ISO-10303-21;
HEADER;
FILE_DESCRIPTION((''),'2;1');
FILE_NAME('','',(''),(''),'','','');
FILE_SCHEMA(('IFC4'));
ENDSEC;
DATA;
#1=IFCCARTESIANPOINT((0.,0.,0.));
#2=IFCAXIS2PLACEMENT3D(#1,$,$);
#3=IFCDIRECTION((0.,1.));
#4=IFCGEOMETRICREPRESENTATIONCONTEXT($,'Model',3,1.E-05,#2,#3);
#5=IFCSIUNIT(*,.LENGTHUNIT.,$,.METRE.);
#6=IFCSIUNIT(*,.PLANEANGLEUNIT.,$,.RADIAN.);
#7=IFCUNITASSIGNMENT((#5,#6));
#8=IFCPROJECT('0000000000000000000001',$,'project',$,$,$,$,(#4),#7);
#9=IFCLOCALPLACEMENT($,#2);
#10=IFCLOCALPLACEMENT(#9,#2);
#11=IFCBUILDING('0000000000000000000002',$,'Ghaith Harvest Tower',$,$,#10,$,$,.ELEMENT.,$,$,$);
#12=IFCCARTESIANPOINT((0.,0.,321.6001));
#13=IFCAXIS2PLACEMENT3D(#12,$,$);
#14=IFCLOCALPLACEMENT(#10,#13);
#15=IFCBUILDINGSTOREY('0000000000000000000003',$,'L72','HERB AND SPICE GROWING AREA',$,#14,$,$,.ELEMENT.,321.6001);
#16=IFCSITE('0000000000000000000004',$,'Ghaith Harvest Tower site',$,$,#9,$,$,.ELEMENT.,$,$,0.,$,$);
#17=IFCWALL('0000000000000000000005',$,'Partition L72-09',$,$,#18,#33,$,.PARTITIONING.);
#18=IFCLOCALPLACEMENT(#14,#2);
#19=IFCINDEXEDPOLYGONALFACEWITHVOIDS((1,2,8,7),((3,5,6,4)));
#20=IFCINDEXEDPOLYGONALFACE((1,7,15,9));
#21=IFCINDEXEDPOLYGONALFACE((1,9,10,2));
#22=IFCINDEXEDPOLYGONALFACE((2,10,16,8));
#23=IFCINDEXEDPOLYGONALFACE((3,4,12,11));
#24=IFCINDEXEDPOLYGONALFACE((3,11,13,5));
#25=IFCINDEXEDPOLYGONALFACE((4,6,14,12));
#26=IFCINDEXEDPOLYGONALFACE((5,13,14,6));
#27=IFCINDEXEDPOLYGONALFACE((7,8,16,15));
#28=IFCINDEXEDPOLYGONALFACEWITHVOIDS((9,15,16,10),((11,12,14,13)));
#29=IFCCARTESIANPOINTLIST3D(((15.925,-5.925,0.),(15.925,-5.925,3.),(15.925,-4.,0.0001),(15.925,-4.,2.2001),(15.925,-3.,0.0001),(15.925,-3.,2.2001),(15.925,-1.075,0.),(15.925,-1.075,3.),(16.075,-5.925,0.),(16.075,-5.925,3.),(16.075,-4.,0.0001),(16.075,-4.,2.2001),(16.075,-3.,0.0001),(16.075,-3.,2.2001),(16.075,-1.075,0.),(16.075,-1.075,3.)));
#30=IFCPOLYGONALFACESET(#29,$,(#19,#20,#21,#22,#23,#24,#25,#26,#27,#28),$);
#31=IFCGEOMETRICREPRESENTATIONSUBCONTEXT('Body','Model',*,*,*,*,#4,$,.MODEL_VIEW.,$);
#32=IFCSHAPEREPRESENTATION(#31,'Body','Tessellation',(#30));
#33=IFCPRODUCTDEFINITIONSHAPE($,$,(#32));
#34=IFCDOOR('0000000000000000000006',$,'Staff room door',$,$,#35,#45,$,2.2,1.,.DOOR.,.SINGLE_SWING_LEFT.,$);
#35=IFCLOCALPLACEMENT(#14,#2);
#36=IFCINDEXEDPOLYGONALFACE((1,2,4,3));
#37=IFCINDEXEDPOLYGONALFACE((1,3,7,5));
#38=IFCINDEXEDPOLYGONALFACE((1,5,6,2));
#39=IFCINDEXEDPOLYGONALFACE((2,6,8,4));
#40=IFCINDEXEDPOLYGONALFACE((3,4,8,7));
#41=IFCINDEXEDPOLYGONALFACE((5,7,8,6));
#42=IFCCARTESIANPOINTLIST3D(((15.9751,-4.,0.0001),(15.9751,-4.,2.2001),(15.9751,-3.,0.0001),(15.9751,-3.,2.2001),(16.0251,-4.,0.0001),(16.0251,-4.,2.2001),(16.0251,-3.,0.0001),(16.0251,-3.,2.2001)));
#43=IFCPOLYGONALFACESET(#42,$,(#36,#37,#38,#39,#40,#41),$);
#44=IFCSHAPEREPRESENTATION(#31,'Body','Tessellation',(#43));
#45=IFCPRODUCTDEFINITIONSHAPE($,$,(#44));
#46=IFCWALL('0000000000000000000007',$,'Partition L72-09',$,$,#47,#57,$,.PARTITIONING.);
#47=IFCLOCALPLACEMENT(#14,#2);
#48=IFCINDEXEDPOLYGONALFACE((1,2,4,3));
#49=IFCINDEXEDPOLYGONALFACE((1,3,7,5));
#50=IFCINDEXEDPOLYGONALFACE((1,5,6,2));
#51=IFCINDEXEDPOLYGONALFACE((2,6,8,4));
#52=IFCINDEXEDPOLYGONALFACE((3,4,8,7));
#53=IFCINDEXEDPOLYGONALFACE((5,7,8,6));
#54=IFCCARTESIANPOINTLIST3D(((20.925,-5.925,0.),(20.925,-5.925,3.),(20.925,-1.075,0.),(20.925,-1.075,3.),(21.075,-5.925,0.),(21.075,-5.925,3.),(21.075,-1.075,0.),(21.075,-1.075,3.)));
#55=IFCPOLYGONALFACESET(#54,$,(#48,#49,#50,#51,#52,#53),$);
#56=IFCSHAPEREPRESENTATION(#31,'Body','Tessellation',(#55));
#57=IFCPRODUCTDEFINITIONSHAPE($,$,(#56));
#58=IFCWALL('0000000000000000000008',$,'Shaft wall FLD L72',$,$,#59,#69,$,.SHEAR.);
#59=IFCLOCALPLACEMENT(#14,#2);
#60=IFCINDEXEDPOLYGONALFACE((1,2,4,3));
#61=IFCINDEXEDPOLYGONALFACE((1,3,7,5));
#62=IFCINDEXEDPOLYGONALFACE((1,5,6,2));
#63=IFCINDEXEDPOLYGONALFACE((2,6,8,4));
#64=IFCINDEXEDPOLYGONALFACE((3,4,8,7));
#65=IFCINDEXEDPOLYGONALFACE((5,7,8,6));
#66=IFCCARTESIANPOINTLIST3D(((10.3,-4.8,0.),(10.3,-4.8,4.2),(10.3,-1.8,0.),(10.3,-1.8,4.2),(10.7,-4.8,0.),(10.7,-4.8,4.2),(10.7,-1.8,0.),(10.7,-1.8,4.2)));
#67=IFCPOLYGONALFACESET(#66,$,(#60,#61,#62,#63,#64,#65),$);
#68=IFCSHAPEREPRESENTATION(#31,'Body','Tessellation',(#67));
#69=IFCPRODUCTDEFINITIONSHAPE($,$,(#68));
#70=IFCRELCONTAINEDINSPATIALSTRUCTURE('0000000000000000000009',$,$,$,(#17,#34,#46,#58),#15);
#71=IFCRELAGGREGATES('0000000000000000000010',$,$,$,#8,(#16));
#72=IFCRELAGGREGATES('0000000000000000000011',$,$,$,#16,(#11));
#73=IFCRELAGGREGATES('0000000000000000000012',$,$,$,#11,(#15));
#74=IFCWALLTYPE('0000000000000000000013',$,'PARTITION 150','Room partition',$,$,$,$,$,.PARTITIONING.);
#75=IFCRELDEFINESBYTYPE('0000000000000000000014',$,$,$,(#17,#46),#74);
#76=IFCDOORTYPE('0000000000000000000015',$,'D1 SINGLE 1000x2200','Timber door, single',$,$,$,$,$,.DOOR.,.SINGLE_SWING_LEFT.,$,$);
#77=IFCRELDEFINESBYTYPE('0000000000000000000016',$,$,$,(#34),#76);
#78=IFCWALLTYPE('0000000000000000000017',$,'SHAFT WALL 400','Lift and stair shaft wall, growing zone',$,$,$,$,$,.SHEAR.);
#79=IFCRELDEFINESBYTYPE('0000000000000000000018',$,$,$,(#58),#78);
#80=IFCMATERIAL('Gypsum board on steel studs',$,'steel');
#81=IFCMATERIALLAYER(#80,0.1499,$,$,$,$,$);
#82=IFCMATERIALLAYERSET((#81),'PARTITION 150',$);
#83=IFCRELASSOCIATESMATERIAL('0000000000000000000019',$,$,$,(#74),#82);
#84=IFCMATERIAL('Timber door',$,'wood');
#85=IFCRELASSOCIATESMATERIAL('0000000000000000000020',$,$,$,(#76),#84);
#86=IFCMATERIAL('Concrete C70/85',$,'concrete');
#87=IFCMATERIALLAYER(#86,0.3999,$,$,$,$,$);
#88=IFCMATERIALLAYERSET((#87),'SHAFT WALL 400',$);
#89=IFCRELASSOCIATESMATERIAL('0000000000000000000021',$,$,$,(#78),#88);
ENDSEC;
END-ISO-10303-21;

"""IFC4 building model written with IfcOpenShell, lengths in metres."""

from ifc_helpers import new_model, si_unit, direction, frame, frame_2d, origin, place, context, subcontext, project, spatial, rectangle, extrude, material, layer, layer_set, type_object, element, fill, save


model = new_model("IFC4")

# Units and contexts
model_context = context("Model", 3, precision=1e-05, world=origin(), true_north=direction((0.0, 1.0)))
body_context = subcontext(model_context, "Body", "Model", "MODEL_VIEW")
ifc_project = project(units=[si_unit("LENGTHUNIT", "METRE"), si_unit("PLANEANGLEUNIT", "RADIAN")], contexts=[model_context])

# Site, building, storey
site_placement = place(None, origin())
site = spatial("IfcSite", under=ifc_project, at=site_placement, Name="Ghaith Harvest Tower site", CompositionType="ELEMENT", RefElevation=0.0)
building_placement = place(site_placement, origin())
building = spatial("IfcBuilding", under=site, at=building_placement, Name="Ghaith Harvest Tower", CompositionType="ELEMENT")
storey_placement = place(building_placement, frame((0.0, 0.0, 321.6001)))
storey = spatial("IfcBuildingStorey", under=building, at=storey_placement, Name="L72", Description="HERB AND SPICE GROWING AREA", CompositionType="ELEMENT", Elevation=321.6001)

# Shared definitions
ifc_material_1 = material(Name="Gypsum board on steel studs", Category="steel")
ifc_layer_1 = layer(ifc_material_1, 0.1499)
ifc_layer_set_1 = layer_set([ifc_layer_1], Name="PARTITION 150")
wall_type_1 = type_object("IfcWallType", Name="PARTITION 150", Description="Room partition", PredefinedType="PARTITIONING", material=ifc_layer_set_1)

# Wall, opening, door
wall_1_placement = place(storey_placement, frame((16.0, -5.925, 0.0), z_axis=(0.0, 0.0, 1.0), x_axis=(0.0, 1.0, 0.0)))
wall_1 = element("IfcWall", 1, at=wall_1_placement, inside=storey, type_object=wall_type_1, Name="Partition L72-09", PredefinedType="PARTITIONING", context=body_context, shape_type="SweptSolid", body=[
    extrude(rectangle(XDim=4.8501, YDim=0.1499, at=frame_2d((2.425, 0.0))), origin(), (0.0, 0.0, 1.0), 3.0),
])
opening_1_placement = place(wall_1_placement, frame((1.925, 0.0, 0.0)))
opening_1 = element("IfcOpeningElement", 2, at=opening_1_placement, cuts=wall_1, PredefinedType="OPENING", context=body_context, shape_type="SweptSolid", body=[
    extrude(rectangle(XDim=1.0, YDim=2.2, at=frame_2d((0.5, 1.1001))), frame((0.0, 0.085, 0.0), z_axis=(0.0, -1.0, 0.0), x_axis=(1.0, 0.0, 0.0)), (0.0, 0.0, 1.0), 0.1699),
])
ifc_material_2 = material(Name="Timber door", Category="wood")
door_type_1 = type_object("IfcDoorType", Name="D1 SINGLE 1000x2200", Description="Timber door, single", OperationType="SINGLE_SWING_LEFT", PredefinedType="DOOR", material=ifc_material_2)
door_1_placement = place(opening_1_placement, origin())
door_1 = element("IfcDoor", 3, at=door_1_placement, inside=storey, type_object=door_type_1, Name="Staff room door", OperationType="SINGLE_SWING_LEFT", OverallHeight=2.2, OverallWidth=1.0, PredefinedType="DOOR", context=body_context, shape_type="SweptSolid", body=[
    extrude(rectangle(XDim=1.0, YDim=2.2, at=frame_2d((0.5, 1.1001))), frame((0.0, 0.0249, 0.0), z_axis=(0.0, -1.0, 0.0), x_axis=(1.0, 0.0, 0.0)), (0.0, 0.0, 1.0), 0.05),
])
fill(opening_1, door_1)

# Walls
wall_2_placement = place(storey_placement, frame((21.0, -5.925, 0.0), z_axis=(0.0, 0.0, 1.0), x_axis=(0.0, 1.0, 0.0)))
element("IfcWall", 4, at=wall_2_placement, inside=storey, type_object=wall_type_1, Name="Partition L72-09", PredefinedType="PARTITIONING", context=body_context, shape_type="SweptSolid", body=[
    extrude(rectangle(XDim=4.8501, YDim=0.1499, at=frame_2d((2.425, 0.0))), origin(), (0.0, 0.0, 1.0), 3.0),
])
ifc_material_3 = material(Name="Concrete C70/85", Category="concrete")
ifc_layer_2 = layer(ifc_material_3, 0.3999)
ifc_layer_set_2 = layer_set([ifc_layer_2], Name="SHAFT WALL 400")
wall_type_2 = type_object("IfcWallType", Name="SHAFT WALL 400", Description="Lift and stair shaft wall, growing zone", PredefinedType="SHEAR", material=ifc_layer_set_2)
wall_3_placement = place(storey_placement, frame((10.5, -4.8, 0.0), z_axis=(0.0, 0.0, 1.0), x_axis=(0.0, 1.0, 0.0)))
element("IfcWall", 5, at=wall_3_placement, inside=storey, type_object=wall_type_2, Name="Shaft wall FLD L72", PredefinedType="SHEAR", context=body_context, shape_type="SweptSolid", body=[
    extrude(rectangle(XDim=3.0, YDim=0.3999, at=frame_2d((1.5, 0.0))), origin(), (0.0, 0.0, 1.0), 4.2),
])

save(model, "model.ifc")
